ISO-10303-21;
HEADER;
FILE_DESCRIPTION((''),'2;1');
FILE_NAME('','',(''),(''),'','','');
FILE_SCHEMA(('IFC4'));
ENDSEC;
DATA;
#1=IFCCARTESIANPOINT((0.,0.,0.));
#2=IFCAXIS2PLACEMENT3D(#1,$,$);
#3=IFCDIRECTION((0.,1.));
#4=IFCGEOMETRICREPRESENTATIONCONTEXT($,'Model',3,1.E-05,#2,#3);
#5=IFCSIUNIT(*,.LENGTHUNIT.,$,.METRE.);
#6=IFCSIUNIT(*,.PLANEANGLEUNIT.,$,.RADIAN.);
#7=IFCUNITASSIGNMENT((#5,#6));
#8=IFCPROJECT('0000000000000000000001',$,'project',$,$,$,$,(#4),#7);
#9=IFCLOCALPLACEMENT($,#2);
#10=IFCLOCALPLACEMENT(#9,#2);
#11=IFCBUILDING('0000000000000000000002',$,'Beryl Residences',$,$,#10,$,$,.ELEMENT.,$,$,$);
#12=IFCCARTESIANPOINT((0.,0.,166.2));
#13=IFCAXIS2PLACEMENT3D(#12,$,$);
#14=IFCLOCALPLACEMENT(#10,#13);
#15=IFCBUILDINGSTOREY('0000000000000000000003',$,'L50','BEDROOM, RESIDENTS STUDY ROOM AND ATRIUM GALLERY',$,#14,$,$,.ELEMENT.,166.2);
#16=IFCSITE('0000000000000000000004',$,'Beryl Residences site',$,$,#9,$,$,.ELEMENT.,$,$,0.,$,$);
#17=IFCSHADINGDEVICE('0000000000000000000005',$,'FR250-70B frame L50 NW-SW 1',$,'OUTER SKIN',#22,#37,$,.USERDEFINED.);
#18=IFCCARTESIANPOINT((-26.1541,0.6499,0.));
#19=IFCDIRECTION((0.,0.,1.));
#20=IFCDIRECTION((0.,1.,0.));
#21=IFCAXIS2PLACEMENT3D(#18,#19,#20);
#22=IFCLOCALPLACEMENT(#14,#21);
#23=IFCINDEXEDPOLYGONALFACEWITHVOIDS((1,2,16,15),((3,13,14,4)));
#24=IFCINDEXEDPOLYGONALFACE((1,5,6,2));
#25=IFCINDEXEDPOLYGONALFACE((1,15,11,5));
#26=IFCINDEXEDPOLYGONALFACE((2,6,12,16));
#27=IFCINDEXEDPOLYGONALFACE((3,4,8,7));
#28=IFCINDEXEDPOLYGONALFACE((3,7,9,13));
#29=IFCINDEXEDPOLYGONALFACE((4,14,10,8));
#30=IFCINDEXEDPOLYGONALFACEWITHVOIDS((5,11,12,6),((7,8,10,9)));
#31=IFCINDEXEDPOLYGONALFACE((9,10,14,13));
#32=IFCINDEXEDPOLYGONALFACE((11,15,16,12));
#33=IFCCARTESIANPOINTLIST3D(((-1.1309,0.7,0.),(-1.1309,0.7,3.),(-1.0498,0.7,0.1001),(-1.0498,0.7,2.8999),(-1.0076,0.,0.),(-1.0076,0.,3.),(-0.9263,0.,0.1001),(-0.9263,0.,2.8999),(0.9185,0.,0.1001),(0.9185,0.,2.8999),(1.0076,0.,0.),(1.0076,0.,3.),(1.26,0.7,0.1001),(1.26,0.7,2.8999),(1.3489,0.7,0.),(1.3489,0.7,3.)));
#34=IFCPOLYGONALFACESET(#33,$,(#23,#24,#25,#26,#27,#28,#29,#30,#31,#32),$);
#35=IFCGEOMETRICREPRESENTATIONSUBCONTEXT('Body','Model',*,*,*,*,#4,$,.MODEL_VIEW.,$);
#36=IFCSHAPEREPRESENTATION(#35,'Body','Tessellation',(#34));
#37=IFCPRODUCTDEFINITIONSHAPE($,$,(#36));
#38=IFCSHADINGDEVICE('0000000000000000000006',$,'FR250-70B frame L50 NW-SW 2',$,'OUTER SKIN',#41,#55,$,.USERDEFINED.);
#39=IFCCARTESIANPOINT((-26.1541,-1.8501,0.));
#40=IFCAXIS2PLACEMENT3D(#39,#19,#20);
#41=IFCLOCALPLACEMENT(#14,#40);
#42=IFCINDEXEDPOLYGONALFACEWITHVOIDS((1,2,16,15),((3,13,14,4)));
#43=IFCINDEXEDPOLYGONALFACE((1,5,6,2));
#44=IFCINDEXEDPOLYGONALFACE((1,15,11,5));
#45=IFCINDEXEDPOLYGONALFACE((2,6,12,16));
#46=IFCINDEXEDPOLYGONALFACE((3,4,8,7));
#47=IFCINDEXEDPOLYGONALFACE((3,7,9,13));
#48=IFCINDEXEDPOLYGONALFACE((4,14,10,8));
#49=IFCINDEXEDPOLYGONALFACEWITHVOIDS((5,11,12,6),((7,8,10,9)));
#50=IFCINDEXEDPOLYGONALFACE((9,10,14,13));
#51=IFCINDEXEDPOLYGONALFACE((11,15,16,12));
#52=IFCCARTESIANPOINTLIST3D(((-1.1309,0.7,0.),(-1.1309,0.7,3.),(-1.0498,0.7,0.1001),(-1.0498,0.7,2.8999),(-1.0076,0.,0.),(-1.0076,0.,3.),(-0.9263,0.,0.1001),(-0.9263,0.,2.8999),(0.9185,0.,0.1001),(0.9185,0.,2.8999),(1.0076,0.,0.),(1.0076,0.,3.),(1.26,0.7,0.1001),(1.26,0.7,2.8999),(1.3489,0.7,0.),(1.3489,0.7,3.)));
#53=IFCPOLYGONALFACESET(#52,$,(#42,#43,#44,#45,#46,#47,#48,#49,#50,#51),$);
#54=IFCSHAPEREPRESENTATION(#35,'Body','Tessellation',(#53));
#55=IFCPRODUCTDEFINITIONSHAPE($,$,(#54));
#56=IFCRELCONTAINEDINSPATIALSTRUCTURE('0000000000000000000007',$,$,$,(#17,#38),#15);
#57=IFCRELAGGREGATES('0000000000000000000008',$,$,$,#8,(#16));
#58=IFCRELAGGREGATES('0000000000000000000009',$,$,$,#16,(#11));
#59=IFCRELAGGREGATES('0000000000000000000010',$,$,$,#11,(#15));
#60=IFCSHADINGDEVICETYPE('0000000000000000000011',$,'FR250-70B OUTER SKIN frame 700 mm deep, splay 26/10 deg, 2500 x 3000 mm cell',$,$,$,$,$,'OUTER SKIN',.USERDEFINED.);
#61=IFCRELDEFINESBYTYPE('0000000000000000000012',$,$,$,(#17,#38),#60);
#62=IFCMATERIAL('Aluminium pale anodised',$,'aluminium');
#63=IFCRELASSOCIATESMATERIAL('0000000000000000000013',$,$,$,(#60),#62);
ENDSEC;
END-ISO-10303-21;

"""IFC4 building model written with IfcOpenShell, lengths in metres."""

from ifc_helpers import new_model, entity, si_unit, direction, frame, origin, place, context, subcontext, project, spatial, source, transform, mapped, material, type_object, type_shapes, element, save


model = new_model("IFC4")

# Units and contexts
model_context = context("Model", 3, precision=1e-05, world=origin(), true_north=direction((0.0, 1.0)))
body_context = subcontext(model_context, "Body", "Model", "MODEL_VIEW")
ifc_project = project(units=[si_unit("LENGTHUNIT", "METRE"), si_unit("PLANEANGLEUNIT", "RADIAN")], contexts=[model_context])

# Site, building, storey
site_placement = place(None, origin())
site = spatial("IfcSite", under=ifc_project, at=site_placement, Name="Beryl Residences site", CompositionType="ELEMENT", RefElevation=0.0)
building_placement = place(site_placement, origin())
building = spatial("IfcBuilding", under=site, at=building_placement, Name="Beryl Residences", CompositionType="ELEMENT")
storey_placement = place(building_placement, frame((0.0, 0.0, 166.2)))
storey = spatial("IfcBuildingStorey", under=building, at=storey_placement, Name="L50", Description="BEDROOM, RESIDENTS STUDY ROOM AND ATRIUM GALLERY", CompositionType="ELEMENT", Elevation=166.2)

# Shading devices
ifc_material_1 = material(Name="Aluminium pale anodised", Category="aluminium")
shading_device_type = type_object("IfcShadingDeviceType", Name="FR250-70B OUTER SKIN frame 700 mm deep, splay 26/10 deg, 2500 x 3000 mm cell", ElementType="OUTER SKIN", PredefinedType="USERDEFINED", material=ifc_material_1)
cartesian_point_1 = entity("IfcCartesianPoint", [-1.0076, 0.0])
cartesian_point_2 = entity("IfcCartesianPoint", [-0.9185, 0.1001])
cartesian_point_3 = entity("IfcCartesianPoint", [-1.3489, 0.0])
cartesian_point_4 = entity("IfcCartesianPoint", [-1.26, 0.1001])
shared_shape_1 = source(origin(), body_context, "Body", "SweptSolid", [
    entity("IfcExtrudedAreaSolidTapered", entity("IfcArbitraryProfileDefWithVoids", "AREA", None, entity("IfcPolyline", [cartesian_point_1, entity("IfcCartesianPoint", [1.0076, 0.0]), entity("IfcCartesianPoint", [1.0076, 3.0]), entity("IfcCartesianPoint", [-1.0076, 3.0]), cartesian_point_1]), [entity("IfcPolyline", [cartesian_point_2, entity("IfcCartesianPoint", [0.9263, 0.1001]), entity("IfcCartesianPoint", [0.9263, 2.8999]), entity("IfcCartesianPoint", [-0.9185, 2.8999]), cartesian_point_2])]), entity("IfcAxis2Placement3D", entity("IfcCartesianPoint", [0.0, 0.0, 0.0]), entity("IfcDirection", [0.0, 1.0, 0.0]), entity("IfcDirection", [-1.0, 0.0, 0.0])), entity("IfcDirection", [0.0, 0.0, 1.0]), 0.7, entity("IfcArbitraryProfileDefWithVoids", "AREA", None, entity("IfcPolyline", [cartesian_point_3, entity("IfcCartesianPoint", [1.1309, 0.0]), entity("IfcCartesianPoint", [1.1309, 3.0]), entity("IfcCartesianPoint", [-1.3489, 3.0]), cartesian_point_3]), [entity("IfcPolyline", [cartesian_point_4, entity("IfcCartesianPoint", [1.0498, 0.1001]), entity("IfcCartesianPoint", [1.0498, 2.8999]), entity("IfcCartesianPoint", [-1.26, 2.8999]), cartesian_point_4])])),
])
type_shapes(shading_device_type, [shared_shape_1])
for number, where, z_axis, x_axis, name in (
    (1, (-26.1541, 0.6499, 0.0), (0.0, 0.0, 1.0), (0.0, 1.0, 0.0), "FR250-70B frame L50 NW-SW 1"),
    (2, (-26.1541, -1.8501, 0.0), (0.0, 0.0, 1.0), (0.0, 1.0, 0.0), "FR250-70B frame L50 NW-SW 2"),
):
    element("IfcShadingDevice", number, at=place(storey_placement, frame(where, z_axis=z_axis, x_axis=x_axis)), inside=storey, type_object=shading_device_type, Name=name, ObjectType="OUTER SKIN", PredefinedType="USERDEFINED", context=body_context, shape_type="MappedRepresentation", body=[
        mapped(shared_shape_1, transform((0.0, 0.0, 0.0))),
    ])

save(model, "model.ifc")
